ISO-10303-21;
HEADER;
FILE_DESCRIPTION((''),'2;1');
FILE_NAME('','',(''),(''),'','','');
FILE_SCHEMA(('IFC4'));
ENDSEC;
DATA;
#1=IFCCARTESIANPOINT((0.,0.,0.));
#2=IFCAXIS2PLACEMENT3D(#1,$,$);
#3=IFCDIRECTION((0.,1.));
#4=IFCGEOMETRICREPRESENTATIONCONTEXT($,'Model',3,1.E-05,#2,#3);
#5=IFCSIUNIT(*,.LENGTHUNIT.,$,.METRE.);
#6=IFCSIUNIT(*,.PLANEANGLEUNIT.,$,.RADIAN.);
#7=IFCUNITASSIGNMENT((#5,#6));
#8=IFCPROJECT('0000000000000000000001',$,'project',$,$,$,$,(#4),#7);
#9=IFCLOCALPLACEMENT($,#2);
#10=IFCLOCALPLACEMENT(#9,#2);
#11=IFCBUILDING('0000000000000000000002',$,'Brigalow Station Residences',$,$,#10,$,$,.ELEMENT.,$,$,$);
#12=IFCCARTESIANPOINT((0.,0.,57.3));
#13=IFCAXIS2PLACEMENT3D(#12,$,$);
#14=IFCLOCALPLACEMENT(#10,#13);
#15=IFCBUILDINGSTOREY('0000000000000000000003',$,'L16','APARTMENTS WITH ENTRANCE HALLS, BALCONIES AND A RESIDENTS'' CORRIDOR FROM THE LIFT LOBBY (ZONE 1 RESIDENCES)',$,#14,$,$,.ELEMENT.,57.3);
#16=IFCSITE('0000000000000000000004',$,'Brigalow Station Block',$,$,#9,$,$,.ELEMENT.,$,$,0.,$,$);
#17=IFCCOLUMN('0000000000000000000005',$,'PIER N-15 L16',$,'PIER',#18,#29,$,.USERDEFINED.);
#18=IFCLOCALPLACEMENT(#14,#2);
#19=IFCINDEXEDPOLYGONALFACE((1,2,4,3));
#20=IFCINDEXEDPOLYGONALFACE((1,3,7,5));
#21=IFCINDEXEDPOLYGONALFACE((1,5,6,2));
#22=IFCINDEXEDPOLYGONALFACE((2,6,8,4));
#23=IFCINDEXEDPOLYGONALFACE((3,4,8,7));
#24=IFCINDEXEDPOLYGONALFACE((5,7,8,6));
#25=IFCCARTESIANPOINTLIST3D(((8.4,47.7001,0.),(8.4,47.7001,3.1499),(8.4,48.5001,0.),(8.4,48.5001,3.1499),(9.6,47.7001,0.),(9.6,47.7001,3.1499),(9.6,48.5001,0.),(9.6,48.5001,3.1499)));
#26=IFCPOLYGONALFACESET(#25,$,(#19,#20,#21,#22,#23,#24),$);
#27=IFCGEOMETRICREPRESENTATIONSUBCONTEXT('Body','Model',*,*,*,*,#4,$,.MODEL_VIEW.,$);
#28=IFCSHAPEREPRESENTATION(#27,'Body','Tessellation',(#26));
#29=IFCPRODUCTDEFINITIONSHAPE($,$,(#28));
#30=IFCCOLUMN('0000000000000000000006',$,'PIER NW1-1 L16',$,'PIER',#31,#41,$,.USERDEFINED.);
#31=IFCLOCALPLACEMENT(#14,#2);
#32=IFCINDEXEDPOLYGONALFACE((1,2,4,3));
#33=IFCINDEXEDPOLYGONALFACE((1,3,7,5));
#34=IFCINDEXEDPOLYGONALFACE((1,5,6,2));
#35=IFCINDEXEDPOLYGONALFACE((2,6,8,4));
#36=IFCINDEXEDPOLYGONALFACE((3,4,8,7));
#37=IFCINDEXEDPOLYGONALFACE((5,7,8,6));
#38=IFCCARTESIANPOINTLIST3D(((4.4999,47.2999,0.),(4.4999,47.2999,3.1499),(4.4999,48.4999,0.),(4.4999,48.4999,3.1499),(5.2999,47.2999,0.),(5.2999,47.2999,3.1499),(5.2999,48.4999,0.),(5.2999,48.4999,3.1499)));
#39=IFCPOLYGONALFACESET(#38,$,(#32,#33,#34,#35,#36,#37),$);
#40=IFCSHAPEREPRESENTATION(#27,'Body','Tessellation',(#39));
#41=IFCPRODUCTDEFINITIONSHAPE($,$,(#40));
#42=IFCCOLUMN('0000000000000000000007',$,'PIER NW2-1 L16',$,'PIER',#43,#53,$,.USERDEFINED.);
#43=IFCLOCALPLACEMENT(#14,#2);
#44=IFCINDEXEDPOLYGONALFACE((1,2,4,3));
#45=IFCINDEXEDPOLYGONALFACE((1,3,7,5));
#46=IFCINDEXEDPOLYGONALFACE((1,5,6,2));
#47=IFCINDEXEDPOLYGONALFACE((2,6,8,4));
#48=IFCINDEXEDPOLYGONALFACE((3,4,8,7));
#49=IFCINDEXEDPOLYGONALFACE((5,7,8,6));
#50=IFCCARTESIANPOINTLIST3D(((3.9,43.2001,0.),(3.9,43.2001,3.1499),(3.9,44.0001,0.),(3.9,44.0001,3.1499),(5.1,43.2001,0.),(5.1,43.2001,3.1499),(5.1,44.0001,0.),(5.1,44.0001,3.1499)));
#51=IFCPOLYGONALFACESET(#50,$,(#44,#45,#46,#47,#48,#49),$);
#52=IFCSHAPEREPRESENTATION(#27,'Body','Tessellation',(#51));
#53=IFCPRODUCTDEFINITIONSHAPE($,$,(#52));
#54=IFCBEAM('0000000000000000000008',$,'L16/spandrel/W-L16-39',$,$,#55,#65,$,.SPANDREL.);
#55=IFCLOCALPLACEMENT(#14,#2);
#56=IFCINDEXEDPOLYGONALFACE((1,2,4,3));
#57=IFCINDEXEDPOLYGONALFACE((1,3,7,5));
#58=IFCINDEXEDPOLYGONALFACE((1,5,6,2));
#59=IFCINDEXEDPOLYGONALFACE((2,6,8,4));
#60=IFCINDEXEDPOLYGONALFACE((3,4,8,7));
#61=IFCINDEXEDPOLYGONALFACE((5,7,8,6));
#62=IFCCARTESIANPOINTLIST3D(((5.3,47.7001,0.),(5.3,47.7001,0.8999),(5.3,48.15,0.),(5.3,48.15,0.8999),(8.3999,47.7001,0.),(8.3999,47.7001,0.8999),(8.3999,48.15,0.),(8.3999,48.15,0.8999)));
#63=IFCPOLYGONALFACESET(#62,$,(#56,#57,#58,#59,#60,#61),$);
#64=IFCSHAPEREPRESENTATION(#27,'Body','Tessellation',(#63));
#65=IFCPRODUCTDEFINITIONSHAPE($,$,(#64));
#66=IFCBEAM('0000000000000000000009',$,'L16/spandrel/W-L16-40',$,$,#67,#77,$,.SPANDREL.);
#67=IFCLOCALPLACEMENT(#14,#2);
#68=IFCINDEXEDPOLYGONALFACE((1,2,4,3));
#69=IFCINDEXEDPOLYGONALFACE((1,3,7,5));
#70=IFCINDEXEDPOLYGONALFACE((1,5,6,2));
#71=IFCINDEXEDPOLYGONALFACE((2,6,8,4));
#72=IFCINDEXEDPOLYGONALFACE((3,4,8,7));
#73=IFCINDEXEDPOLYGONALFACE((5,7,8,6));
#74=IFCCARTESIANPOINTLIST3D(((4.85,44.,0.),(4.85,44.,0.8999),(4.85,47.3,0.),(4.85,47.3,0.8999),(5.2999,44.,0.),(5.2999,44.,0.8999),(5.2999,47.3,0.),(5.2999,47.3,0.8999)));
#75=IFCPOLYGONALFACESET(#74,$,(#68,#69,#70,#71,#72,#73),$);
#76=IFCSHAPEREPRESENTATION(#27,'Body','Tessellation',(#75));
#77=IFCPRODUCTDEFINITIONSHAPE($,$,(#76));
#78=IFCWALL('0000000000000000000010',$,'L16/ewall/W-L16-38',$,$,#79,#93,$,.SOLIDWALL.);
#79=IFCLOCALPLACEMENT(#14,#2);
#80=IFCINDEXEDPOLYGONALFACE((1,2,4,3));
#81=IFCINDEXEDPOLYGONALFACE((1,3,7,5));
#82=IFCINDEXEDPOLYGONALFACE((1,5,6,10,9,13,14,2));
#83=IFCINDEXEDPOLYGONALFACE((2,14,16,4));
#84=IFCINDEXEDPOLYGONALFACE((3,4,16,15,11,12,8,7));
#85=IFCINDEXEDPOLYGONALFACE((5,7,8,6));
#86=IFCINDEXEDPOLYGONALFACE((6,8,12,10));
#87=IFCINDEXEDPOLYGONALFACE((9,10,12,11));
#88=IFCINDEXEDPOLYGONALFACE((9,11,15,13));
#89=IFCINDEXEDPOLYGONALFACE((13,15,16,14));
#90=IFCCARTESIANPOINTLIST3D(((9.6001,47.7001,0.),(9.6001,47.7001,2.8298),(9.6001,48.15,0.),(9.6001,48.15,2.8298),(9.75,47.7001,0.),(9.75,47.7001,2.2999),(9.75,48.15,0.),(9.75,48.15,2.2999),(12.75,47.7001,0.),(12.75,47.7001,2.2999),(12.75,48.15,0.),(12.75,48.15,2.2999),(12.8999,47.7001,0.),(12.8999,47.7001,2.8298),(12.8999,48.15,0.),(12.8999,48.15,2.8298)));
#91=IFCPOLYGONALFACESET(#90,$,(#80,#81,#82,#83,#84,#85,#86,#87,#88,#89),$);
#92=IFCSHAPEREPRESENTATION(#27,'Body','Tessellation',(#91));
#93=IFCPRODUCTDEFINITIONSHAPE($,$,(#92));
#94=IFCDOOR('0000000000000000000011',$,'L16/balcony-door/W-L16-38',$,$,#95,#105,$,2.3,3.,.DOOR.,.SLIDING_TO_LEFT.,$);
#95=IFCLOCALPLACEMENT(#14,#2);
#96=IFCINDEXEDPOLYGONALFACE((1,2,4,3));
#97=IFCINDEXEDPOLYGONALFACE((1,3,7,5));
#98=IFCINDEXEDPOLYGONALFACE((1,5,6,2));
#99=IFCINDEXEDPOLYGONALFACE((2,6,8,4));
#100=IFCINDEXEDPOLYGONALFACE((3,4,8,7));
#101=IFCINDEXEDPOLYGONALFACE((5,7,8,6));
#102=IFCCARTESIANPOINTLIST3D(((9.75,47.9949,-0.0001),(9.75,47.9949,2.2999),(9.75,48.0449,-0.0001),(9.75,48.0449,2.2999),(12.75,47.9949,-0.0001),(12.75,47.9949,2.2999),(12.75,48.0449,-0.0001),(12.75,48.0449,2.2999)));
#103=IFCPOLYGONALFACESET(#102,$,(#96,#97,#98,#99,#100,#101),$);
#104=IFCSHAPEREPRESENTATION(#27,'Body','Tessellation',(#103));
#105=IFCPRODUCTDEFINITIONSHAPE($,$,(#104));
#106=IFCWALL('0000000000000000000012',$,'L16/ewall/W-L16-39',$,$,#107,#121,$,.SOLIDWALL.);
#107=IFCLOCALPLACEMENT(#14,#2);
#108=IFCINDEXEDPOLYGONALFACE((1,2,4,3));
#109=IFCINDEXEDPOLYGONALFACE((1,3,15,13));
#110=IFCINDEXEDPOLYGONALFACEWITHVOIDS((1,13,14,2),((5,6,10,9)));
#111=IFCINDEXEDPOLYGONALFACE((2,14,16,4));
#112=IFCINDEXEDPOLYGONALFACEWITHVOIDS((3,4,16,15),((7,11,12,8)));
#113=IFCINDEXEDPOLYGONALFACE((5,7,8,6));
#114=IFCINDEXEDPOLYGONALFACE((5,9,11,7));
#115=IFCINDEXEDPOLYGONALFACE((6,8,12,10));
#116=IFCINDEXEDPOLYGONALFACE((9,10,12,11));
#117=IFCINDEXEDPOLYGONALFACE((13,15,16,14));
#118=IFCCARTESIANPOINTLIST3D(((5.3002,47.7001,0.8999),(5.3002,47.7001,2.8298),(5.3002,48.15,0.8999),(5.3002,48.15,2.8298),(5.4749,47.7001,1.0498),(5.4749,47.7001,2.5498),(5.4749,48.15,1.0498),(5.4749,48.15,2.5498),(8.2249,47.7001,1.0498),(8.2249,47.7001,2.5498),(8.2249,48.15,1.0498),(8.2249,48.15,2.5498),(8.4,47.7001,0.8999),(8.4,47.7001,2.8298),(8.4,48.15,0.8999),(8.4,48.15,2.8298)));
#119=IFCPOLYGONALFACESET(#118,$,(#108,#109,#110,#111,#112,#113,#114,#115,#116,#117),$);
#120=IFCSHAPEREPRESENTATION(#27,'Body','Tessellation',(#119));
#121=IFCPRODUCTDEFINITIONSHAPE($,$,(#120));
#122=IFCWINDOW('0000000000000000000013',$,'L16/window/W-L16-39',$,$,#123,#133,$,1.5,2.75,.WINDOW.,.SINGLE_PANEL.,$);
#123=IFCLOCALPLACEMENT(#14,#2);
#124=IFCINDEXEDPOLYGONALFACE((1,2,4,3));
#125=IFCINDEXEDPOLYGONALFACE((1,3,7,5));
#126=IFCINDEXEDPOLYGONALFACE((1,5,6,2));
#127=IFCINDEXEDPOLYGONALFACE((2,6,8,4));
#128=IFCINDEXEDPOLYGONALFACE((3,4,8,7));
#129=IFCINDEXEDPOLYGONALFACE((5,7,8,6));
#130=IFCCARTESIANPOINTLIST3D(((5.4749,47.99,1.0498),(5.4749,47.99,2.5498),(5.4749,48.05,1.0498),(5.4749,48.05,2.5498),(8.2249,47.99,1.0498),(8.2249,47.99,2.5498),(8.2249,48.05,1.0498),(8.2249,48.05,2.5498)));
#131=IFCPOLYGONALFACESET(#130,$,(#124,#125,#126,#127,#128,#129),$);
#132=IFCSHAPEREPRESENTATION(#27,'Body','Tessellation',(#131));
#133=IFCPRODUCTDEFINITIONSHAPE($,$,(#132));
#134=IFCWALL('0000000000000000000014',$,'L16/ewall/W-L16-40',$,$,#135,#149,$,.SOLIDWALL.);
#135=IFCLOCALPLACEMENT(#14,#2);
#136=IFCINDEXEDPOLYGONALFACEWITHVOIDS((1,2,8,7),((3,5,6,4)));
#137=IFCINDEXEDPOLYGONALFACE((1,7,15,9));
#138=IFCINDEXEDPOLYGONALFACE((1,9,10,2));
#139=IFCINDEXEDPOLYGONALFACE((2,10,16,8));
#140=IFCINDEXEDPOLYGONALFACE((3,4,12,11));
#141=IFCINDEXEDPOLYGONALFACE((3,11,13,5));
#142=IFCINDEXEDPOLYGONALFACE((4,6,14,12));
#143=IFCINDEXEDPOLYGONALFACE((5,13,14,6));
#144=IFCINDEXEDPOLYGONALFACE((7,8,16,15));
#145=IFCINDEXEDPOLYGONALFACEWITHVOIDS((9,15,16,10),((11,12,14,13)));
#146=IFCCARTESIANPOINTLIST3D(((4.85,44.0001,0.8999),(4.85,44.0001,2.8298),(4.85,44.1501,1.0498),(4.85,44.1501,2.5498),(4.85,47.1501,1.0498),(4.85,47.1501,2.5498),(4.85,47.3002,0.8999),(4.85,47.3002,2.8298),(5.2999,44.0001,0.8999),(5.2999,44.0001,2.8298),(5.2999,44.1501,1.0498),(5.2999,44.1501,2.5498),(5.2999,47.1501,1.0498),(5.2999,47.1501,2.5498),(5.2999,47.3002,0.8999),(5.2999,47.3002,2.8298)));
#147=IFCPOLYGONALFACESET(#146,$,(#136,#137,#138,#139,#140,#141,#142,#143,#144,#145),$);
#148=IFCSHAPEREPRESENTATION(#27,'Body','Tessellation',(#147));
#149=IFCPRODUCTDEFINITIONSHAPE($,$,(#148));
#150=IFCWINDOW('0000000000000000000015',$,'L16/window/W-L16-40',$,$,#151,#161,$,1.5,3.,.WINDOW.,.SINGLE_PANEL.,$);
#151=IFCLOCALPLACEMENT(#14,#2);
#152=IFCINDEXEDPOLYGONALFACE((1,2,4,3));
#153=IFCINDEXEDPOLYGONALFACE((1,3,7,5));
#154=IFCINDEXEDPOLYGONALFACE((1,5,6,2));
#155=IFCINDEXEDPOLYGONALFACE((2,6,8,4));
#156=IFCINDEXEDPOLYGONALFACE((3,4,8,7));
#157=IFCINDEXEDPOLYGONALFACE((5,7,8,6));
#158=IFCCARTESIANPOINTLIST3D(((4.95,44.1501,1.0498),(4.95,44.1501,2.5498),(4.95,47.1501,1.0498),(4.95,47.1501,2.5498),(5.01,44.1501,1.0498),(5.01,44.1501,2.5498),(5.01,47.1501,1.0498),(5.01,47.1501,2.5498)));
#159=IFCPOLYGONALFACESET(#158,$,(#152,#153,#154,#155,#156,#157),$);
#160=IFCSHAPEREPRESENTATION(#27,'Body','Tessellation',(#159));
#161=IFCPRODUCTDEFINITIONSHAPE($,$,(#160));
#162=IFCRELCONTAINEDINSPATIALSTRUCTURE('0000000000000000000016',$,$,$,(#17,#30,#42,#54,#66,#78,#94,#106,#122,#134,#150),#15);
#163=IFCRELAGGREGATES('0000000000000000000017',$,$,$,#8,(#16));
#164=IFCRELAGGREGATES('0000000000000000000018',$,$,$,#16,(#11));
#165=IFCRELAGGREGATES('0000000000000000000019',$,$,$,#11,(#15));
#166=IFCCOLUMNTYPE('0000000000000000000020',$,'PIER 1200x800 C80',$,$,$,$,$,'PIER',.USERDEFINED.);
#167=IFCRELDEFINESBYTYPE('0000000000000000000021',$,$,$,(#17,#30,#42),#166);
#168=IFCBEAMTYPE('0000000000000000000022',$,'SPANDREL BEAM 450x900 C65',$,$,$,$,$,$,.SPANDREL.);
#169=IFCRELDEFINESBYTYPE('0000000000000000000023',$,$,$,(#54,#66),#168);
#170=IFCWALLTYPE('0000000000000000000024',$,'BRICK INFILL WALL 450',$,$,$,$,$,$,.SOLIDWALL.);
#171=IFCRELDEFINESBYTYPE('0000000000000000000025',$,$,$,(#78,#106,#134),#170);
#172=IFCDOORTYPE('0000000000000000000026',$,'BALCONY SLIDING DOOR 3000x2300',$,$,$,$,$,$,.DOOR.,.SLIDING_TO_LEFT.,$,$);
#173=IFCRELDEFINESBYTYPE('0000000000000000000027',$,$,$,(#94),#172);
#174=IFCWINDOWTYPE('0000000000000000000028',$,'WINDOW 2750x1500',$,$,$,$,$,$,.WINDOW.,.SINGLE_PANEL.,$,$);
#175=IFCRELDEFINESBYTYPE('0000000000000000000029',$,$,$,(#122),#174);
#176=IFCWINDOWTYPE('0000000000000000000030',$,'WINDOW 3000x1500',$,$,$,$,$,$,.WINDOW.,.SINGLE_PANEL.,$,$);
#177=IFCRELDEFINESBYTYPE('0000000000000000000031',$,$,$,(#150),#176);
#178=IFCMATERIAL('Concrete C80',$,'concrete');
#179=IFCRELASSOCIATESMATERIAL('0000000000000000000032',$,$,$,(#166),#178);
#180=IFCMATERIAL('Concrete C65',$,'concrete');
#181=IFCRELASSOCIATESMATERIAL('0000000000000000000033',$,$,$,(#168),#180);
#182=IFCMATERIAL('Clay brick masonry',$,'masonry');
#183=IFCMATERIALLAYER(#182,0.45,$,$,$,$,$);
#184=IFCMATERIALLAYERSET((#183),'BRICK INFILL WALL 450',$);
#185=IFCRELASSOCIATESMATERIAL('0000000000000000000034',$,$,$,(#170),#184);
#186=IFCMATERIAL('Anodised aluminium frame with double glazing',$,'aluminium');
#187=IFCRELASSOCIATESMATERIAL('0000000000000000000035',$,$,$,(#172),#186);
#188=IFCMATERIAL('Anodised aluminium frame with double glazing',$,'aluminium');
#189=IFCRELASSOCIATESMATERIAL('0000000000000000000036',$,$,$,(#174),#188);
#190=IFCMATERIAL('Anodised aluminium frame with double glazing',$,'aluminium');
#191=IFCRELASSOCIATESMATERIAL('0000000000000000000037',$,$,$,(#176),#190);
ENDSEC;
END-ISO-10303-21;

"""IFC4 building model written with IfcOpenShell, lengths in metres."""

from ifc_helpers import new_model, si_unit, direction, frame, frame_2d, origin, origin_2d, place, context, subcontext, project, spatial, rectangle, extrude, material, layer, layer_set, material_profile, profile_set, type_object, element, fill, save


model = new_model("IFC4")

# Units and contexts
model_context = context("Model", 3, precision=1e-05, world=origin(), true_north=direction((0.0, 1.0)))
body_context = subcontext(model_context, "Body", "Model", "MODEL_VIEW")
ifc_project = project(units=[si_unit("LENGTHUNIT", "METRE"), si_unit("PLANEANGLEUNIT", "RADIAN")], contexts=[model_context])

# Site, building, storey
site_placement = place(None, origin())
site = spatial("IfcSite", under=ifc_project, at=site_placement, Name="Brigalow Station Block", CompositionType="ELEMENT", RefElevation=0.0)
building_placement = place(site_placement, origin())
building = spatial("IfcBuilding", under=site, at=building_placement, Name="Brigalow Station Residences", CompositionType="ELEMENT")
storey_placement = place(building_placement, frame((0.0, 0.0, 57.3)))
storey = spatial("IfcBuildingStorey", under=building, at=storey_placement, Name="L16", Description="APARTMENTS WITH ENTRANCE HALLS, BALCONIES AND A RESIDENTS' CORRIDOR FROM THE LIFT LOBBY (ZONE 1 RESIDENCES)", CompositionType="ELEMENT", Elevation=57.3)

# Columns
ifc_material_1 = material(Name="Concrete C80", Category="concrete")
ifc_material_profile_1 = material_profile(ifc_material_1, rectangle(XDim=1.2, YDim=0.8, at=origin_2d()), Name="RC1200x800")
ifc_profile_set_1 = profile_set([ifc_material_profile_1], Name="Concrete C80")
column_type = type_object("IfcColumnType", Name="PIER 1200x800 C80", ElementType="PIER", PredefinedType="USERDEFINED", material=ifc_profile_set_1)
for number, where, z_axis, x_axis, name in (
    (1, (9.0, 48.1001, 0.0), (0.0, 0.0, 1.0), (-1.0, 0.0, 0.0), "PIER N-15 L16"),
    (2, (4.8999, 47.8999, 0.0), (0.0, 0.0, 1.0), (0.0, -1.0, 0.0), "PIER NW1-1 L16"),
    (3, (4.5, 43.6001, 0.0), (0.0, 0.0, 1.0), (-1.0, 0.0, 0.0), "PIER NW2-1 L16"),
):
    element("IfcColumn", number, at=place(storey_placement, frame(where, z_axis=z_axis, x_axis=x_axis)), inside=storey, type_object=column_type, Name=name, ObjectType="PIER", PredefinedType="USERDEFINED", context=body_context, shape_type="SweptSolid", body=[
        extrude(rectangle(XDim=1.2, YDim=0.8, at=origin_2d()), origin(), (0.0, 0.0, 1.0), 3.1499),
    ])

# Beams
ifc_material_2 = material(Name="Concrete C65", Category="concrete")
ifc_material_profile_2 = material_profile(ifc_material_2, rectangle(XDim=0.45, YDim=0.8999, at=origin_2d()), Name="RC450x900")
ifc_profile_set_2 = profile_set([ifc_material_profile_2], Name="Concrete C65")
beam_type = type_object("IfcBeamType", Name="SPANDREL BEAM 450x900 C65", PredefinedType="SPANDREL", material=ifc_profile_set_2)
beam_1_placement = place(storey_placement, frame((8.3999, 47.925, 0.45), z_axis=(-1.0, 0.0, 0.0), x_axis=(0.0, -1.0, 0.0)))
element("IfcBeam", 4, at=beam_1_placement, inside=storey, type_object=beam_type, Name="L16/spandrel/W-L16-39", PredefinedType="SPANDREL", context=body_context, shape_type="SweptSolid", body=[
    extrude(rectangle(XDim=0.45, YDim=0.8999, at=origin_2d()), origin(), (0.0, 0.0, 1.0), 3.0999),
])
beam_2_placement = place(storey_placement, frame((5.075, 47.3, 0.45), z_axis=(0.0, -1.0, 0.0), x_axis=(1.0, 0.0, 0.0)))
element("IfcBeam", 5, at=beam_2_placement, inside=storey, type_object=beam_type, Name="L16/spandrel/W-L16-40", PredefinedType="SPANDREL", context=body_context, shape_type="SweptSolid", body=[
    extrude(rectangle(XDim=0.45, YDim=0.8999, at=origin_2d()), origin(), (0.0, 0.0, 1.0), 3.3),
])

# Wall, opening, door
ifc_material_3 = material(Name="Clay brick masonry", Category="masonry")
ifc_layer_1 = layer(ifc_material_3, 0.45)
ifc_layer_set_1 = layer_set([ifc_layer_1], Name="BRICK INFILL WALL 450")
wall_type_1 = type_object("IfcWallType", Name="BRICK INFILL WALL 450", PredefinedType="SOLIDWALL", material=ifc_layer_set_1)
wall_1_placement = place(storey_placement, frame((12.8999, 47.925, 0.0), z_axis=(0.0, 0.0, 1.0), x_axis=(-1.0, 0.0, 0.0)))
wall_1 = element("IfcWall", 6, at=wall_1_placement, inside=storey, type_object=wall_type_1, Name="L16/ewall/W-L16-38", PredefinedType="SOLIDWALL", context=body_context, shape_type="SweptSolid", body=[
    extrude(rectangle(XDim=3.2998, YDim=0.45, at=frame_2d((1.6499, 0.0))), origin(), (0.0, 0.0, 1.0), 2.8298),
])
opening_1_placement = place(wall_1_placement, frame((0.1499, 0.0, 0.0)))
opening_1 = element("IfcOpeningElement", 7, at=opening_1_placement, cuts=wall_1, PredefinedType="OPENING", context=body_context, shape_type="SweptSolid", body=[
    extrude(rectangle(XDim=3.0, YDim=2.3, at=frame_2d((1.5, 1.1499))), frame((0.0, 0.2349, 0.0), z_axis=(0.0, -1.0, 0.0), x_axis=(1.0, 0.0, 0.0)), (0.0, 0.0, 1.0), 0.47),
])
ifc_material_4 = material(Name="Anodised aluminium frame with double glazing", Category="aluminium")
door_type_1 = type_object("IfcDoorType", Name="BALCONY SLIDING DOOR 3000x2300", OperationType="SLIDING_TO_LEFT", PredefinedType="DOOR", material=ifc_material_4)
door_1_placement = place(opening_1_placement, origin())
door_1 = element("IfcDoor", 8, at=door_1_placement, inside=storey, type_object=door_type_1, Name="L16/balcony-door/W-L16-38", OperationType="SLIDING_TO_LEFT", OverallHeight=2.3, OverallWidth=3.0, PredefinedType="DOOR", context=body_context, shape_type="SweptSolid", body=[
    extrude(rectangle(XDim=3.0, YDim=2.3, at=frame_2d((1.5, 1.1499))), frame((0.0, -0.0698, 0.0), z_axis=(0.0, -1.0, 0.0), x_axis=(1.0, 0.0, 0.0)), (0.0, 0.0, 1.0), 0.05),
])
fill(opening_1, door_1)

# Walls, openings, windows
wall_2_placement = place(storey_placement, frame((8.3999, 47.925, 0.8999), z_axis=(0.0, 0.0, 1.0), x_axis=(-1.0, 0.0, 0.0)))
wall_2 = element("IfcWall", 9, at=wall_2_placement, inside=storey, type_object=wall_type_1, Name="L16/ewall/W-L16-39", PredefinedType="SOLIDWALL", context=body_context, shape_type="SweptSolid", body=[
    extrude(rectangle(XDim=3.0999, YDim=0.45, at=frame_2d((1.5498, 0.0))), origin(), (0.0, 0.0, 1.0), 1.9299),
])
opening_2_placement = place(wall_2_placement, frame((0.175, 0.0, 0.1499)))
opening_2 = element("IfcOpeningElement", 10, at=opening_2_placement, cuts=wall_2, PredefinedType="OPENING", context=body_context, shape_type="SweptSolid", body=[
    extrude(rectangle(XDim=2.75, YDim=1.5, at=frame_2d((1.375, 0.75))), frame((0.0, 0.2349, 0.0), z_axis=(0.0, -1.0, 0.0), x_axis=(1.0, 0.0, 0.0)), (0.0, 0.0, 1.0), 0.47),
])
ifc_material_5 = material(Name="Anodised aluminium frame with double glazing", Category="aluminium")
window_type_1 = type_object("IfcWindowType", Name="WINDOW 2750x1500", PartitioningType="SINGLE_PANEL", PredefinedType="WINDOW", material=ifc_material_5)
window_1_placement = place(opening_2_placement, origin())
window_1 = element("IfcWindow", 11, at=window_1_placement, inside=storey, type_object=window_type_1, Name="L16/window/W-L16-39", OverallHeight=1.5, OverallWidth=2.75, PartitioningType="SINGLE_PANEL", PredefinedType="WINDOW", context=body_context, shape_type="SweptSolid", body=[
    extrude(rectangle(XDim=2.75, YDim=1.5, at=frame_2d((1.375, 0.75))), frame((0.0, -0.0649, 0.0), z_axis=(0.0, -1.0, 0.0), x_axis=(1.0, 0.0, 0.0)), (0.0, 0.0, 1.0), 0.0601),
])
fill(opening_2, window_1)
wall_3_placement = place(storey_placement, frame((5.075, 47.3, 0.8999), z_axis=(0.0, 0.0, 1.0), x_axis=(0.0, -1.0, 0.0)))
wall_3 = element("IfcWall", 12, at=wall_3_placement, inside=storey, type_object=wall_type_1, Name="L16/ewall/W-L16-40", PredefinedType="SOLIDWALL", context=body_context, shape_type="SweptSolid", body=[
    extrude(rectangle(XDim=3.3, YDim=0.45, at=frame_2d((1.6499, 0.0))), origin(), (0.0, 0.0, 1.0), 1.9299),
])
opening_3_placement = place(wall_3_placement, frame((0.1499, 0.0, 0.1499)))
opening_3 = element("IfcOpeningElement", 13, at=opening_3_placement, cuts=wall_3, PredefinedType="OPENING", context=body_context, shape_type="SweptSolid", body=[
    extrude(rectangle(XDim=3.0, YDim=1.5, at=frame_2d((1.5, 0.75))), frame((0.0, 0.2349, 0.0), z_axis=(0.0, -1.0, 0.0), x_axis=(1.0, 0.0, 0.0)), (0.0, 0.0, 1.0), 0.47),
])
ifc_material_6 = material(Name="Anodised aluminium frame with double glazing", Category="aluminium")
window_type_2 = type_object("IfcWindowType", Name="WINDOW 3000x1500", PartitioningType="SINGLE_PANEL", PredefinedType="WINDOW", material=ifc_material_6)
window_2_placement = place(opening_3_placement, origin())
window_2 = element("IfcWindow", 14, at=window_2_placement, inside=storey, type_object=window_type_2, Name="L16/window/W-L16-40", OverallHeight=1.5, OverallWidth=3.0, PartitioningType="SINGLE_PANEL", PredefinedType="WINDOW", context=body_context, shape_type="SweptSolid", body=[
    extrude(rectangle(XDim=3.0, YDim=1.5, at=frame_2d((1.5, 0.75))), frame((0.0, -0.0649, 0.0), z_axis=(0.0, -1.0, 0.0), x_axis=(1.0, 0.0, 0.0)), (0.0, 0.0, 1.0), 0.0601),
])
fill(opening_3, window_2)

save(model, "model.ifc")
